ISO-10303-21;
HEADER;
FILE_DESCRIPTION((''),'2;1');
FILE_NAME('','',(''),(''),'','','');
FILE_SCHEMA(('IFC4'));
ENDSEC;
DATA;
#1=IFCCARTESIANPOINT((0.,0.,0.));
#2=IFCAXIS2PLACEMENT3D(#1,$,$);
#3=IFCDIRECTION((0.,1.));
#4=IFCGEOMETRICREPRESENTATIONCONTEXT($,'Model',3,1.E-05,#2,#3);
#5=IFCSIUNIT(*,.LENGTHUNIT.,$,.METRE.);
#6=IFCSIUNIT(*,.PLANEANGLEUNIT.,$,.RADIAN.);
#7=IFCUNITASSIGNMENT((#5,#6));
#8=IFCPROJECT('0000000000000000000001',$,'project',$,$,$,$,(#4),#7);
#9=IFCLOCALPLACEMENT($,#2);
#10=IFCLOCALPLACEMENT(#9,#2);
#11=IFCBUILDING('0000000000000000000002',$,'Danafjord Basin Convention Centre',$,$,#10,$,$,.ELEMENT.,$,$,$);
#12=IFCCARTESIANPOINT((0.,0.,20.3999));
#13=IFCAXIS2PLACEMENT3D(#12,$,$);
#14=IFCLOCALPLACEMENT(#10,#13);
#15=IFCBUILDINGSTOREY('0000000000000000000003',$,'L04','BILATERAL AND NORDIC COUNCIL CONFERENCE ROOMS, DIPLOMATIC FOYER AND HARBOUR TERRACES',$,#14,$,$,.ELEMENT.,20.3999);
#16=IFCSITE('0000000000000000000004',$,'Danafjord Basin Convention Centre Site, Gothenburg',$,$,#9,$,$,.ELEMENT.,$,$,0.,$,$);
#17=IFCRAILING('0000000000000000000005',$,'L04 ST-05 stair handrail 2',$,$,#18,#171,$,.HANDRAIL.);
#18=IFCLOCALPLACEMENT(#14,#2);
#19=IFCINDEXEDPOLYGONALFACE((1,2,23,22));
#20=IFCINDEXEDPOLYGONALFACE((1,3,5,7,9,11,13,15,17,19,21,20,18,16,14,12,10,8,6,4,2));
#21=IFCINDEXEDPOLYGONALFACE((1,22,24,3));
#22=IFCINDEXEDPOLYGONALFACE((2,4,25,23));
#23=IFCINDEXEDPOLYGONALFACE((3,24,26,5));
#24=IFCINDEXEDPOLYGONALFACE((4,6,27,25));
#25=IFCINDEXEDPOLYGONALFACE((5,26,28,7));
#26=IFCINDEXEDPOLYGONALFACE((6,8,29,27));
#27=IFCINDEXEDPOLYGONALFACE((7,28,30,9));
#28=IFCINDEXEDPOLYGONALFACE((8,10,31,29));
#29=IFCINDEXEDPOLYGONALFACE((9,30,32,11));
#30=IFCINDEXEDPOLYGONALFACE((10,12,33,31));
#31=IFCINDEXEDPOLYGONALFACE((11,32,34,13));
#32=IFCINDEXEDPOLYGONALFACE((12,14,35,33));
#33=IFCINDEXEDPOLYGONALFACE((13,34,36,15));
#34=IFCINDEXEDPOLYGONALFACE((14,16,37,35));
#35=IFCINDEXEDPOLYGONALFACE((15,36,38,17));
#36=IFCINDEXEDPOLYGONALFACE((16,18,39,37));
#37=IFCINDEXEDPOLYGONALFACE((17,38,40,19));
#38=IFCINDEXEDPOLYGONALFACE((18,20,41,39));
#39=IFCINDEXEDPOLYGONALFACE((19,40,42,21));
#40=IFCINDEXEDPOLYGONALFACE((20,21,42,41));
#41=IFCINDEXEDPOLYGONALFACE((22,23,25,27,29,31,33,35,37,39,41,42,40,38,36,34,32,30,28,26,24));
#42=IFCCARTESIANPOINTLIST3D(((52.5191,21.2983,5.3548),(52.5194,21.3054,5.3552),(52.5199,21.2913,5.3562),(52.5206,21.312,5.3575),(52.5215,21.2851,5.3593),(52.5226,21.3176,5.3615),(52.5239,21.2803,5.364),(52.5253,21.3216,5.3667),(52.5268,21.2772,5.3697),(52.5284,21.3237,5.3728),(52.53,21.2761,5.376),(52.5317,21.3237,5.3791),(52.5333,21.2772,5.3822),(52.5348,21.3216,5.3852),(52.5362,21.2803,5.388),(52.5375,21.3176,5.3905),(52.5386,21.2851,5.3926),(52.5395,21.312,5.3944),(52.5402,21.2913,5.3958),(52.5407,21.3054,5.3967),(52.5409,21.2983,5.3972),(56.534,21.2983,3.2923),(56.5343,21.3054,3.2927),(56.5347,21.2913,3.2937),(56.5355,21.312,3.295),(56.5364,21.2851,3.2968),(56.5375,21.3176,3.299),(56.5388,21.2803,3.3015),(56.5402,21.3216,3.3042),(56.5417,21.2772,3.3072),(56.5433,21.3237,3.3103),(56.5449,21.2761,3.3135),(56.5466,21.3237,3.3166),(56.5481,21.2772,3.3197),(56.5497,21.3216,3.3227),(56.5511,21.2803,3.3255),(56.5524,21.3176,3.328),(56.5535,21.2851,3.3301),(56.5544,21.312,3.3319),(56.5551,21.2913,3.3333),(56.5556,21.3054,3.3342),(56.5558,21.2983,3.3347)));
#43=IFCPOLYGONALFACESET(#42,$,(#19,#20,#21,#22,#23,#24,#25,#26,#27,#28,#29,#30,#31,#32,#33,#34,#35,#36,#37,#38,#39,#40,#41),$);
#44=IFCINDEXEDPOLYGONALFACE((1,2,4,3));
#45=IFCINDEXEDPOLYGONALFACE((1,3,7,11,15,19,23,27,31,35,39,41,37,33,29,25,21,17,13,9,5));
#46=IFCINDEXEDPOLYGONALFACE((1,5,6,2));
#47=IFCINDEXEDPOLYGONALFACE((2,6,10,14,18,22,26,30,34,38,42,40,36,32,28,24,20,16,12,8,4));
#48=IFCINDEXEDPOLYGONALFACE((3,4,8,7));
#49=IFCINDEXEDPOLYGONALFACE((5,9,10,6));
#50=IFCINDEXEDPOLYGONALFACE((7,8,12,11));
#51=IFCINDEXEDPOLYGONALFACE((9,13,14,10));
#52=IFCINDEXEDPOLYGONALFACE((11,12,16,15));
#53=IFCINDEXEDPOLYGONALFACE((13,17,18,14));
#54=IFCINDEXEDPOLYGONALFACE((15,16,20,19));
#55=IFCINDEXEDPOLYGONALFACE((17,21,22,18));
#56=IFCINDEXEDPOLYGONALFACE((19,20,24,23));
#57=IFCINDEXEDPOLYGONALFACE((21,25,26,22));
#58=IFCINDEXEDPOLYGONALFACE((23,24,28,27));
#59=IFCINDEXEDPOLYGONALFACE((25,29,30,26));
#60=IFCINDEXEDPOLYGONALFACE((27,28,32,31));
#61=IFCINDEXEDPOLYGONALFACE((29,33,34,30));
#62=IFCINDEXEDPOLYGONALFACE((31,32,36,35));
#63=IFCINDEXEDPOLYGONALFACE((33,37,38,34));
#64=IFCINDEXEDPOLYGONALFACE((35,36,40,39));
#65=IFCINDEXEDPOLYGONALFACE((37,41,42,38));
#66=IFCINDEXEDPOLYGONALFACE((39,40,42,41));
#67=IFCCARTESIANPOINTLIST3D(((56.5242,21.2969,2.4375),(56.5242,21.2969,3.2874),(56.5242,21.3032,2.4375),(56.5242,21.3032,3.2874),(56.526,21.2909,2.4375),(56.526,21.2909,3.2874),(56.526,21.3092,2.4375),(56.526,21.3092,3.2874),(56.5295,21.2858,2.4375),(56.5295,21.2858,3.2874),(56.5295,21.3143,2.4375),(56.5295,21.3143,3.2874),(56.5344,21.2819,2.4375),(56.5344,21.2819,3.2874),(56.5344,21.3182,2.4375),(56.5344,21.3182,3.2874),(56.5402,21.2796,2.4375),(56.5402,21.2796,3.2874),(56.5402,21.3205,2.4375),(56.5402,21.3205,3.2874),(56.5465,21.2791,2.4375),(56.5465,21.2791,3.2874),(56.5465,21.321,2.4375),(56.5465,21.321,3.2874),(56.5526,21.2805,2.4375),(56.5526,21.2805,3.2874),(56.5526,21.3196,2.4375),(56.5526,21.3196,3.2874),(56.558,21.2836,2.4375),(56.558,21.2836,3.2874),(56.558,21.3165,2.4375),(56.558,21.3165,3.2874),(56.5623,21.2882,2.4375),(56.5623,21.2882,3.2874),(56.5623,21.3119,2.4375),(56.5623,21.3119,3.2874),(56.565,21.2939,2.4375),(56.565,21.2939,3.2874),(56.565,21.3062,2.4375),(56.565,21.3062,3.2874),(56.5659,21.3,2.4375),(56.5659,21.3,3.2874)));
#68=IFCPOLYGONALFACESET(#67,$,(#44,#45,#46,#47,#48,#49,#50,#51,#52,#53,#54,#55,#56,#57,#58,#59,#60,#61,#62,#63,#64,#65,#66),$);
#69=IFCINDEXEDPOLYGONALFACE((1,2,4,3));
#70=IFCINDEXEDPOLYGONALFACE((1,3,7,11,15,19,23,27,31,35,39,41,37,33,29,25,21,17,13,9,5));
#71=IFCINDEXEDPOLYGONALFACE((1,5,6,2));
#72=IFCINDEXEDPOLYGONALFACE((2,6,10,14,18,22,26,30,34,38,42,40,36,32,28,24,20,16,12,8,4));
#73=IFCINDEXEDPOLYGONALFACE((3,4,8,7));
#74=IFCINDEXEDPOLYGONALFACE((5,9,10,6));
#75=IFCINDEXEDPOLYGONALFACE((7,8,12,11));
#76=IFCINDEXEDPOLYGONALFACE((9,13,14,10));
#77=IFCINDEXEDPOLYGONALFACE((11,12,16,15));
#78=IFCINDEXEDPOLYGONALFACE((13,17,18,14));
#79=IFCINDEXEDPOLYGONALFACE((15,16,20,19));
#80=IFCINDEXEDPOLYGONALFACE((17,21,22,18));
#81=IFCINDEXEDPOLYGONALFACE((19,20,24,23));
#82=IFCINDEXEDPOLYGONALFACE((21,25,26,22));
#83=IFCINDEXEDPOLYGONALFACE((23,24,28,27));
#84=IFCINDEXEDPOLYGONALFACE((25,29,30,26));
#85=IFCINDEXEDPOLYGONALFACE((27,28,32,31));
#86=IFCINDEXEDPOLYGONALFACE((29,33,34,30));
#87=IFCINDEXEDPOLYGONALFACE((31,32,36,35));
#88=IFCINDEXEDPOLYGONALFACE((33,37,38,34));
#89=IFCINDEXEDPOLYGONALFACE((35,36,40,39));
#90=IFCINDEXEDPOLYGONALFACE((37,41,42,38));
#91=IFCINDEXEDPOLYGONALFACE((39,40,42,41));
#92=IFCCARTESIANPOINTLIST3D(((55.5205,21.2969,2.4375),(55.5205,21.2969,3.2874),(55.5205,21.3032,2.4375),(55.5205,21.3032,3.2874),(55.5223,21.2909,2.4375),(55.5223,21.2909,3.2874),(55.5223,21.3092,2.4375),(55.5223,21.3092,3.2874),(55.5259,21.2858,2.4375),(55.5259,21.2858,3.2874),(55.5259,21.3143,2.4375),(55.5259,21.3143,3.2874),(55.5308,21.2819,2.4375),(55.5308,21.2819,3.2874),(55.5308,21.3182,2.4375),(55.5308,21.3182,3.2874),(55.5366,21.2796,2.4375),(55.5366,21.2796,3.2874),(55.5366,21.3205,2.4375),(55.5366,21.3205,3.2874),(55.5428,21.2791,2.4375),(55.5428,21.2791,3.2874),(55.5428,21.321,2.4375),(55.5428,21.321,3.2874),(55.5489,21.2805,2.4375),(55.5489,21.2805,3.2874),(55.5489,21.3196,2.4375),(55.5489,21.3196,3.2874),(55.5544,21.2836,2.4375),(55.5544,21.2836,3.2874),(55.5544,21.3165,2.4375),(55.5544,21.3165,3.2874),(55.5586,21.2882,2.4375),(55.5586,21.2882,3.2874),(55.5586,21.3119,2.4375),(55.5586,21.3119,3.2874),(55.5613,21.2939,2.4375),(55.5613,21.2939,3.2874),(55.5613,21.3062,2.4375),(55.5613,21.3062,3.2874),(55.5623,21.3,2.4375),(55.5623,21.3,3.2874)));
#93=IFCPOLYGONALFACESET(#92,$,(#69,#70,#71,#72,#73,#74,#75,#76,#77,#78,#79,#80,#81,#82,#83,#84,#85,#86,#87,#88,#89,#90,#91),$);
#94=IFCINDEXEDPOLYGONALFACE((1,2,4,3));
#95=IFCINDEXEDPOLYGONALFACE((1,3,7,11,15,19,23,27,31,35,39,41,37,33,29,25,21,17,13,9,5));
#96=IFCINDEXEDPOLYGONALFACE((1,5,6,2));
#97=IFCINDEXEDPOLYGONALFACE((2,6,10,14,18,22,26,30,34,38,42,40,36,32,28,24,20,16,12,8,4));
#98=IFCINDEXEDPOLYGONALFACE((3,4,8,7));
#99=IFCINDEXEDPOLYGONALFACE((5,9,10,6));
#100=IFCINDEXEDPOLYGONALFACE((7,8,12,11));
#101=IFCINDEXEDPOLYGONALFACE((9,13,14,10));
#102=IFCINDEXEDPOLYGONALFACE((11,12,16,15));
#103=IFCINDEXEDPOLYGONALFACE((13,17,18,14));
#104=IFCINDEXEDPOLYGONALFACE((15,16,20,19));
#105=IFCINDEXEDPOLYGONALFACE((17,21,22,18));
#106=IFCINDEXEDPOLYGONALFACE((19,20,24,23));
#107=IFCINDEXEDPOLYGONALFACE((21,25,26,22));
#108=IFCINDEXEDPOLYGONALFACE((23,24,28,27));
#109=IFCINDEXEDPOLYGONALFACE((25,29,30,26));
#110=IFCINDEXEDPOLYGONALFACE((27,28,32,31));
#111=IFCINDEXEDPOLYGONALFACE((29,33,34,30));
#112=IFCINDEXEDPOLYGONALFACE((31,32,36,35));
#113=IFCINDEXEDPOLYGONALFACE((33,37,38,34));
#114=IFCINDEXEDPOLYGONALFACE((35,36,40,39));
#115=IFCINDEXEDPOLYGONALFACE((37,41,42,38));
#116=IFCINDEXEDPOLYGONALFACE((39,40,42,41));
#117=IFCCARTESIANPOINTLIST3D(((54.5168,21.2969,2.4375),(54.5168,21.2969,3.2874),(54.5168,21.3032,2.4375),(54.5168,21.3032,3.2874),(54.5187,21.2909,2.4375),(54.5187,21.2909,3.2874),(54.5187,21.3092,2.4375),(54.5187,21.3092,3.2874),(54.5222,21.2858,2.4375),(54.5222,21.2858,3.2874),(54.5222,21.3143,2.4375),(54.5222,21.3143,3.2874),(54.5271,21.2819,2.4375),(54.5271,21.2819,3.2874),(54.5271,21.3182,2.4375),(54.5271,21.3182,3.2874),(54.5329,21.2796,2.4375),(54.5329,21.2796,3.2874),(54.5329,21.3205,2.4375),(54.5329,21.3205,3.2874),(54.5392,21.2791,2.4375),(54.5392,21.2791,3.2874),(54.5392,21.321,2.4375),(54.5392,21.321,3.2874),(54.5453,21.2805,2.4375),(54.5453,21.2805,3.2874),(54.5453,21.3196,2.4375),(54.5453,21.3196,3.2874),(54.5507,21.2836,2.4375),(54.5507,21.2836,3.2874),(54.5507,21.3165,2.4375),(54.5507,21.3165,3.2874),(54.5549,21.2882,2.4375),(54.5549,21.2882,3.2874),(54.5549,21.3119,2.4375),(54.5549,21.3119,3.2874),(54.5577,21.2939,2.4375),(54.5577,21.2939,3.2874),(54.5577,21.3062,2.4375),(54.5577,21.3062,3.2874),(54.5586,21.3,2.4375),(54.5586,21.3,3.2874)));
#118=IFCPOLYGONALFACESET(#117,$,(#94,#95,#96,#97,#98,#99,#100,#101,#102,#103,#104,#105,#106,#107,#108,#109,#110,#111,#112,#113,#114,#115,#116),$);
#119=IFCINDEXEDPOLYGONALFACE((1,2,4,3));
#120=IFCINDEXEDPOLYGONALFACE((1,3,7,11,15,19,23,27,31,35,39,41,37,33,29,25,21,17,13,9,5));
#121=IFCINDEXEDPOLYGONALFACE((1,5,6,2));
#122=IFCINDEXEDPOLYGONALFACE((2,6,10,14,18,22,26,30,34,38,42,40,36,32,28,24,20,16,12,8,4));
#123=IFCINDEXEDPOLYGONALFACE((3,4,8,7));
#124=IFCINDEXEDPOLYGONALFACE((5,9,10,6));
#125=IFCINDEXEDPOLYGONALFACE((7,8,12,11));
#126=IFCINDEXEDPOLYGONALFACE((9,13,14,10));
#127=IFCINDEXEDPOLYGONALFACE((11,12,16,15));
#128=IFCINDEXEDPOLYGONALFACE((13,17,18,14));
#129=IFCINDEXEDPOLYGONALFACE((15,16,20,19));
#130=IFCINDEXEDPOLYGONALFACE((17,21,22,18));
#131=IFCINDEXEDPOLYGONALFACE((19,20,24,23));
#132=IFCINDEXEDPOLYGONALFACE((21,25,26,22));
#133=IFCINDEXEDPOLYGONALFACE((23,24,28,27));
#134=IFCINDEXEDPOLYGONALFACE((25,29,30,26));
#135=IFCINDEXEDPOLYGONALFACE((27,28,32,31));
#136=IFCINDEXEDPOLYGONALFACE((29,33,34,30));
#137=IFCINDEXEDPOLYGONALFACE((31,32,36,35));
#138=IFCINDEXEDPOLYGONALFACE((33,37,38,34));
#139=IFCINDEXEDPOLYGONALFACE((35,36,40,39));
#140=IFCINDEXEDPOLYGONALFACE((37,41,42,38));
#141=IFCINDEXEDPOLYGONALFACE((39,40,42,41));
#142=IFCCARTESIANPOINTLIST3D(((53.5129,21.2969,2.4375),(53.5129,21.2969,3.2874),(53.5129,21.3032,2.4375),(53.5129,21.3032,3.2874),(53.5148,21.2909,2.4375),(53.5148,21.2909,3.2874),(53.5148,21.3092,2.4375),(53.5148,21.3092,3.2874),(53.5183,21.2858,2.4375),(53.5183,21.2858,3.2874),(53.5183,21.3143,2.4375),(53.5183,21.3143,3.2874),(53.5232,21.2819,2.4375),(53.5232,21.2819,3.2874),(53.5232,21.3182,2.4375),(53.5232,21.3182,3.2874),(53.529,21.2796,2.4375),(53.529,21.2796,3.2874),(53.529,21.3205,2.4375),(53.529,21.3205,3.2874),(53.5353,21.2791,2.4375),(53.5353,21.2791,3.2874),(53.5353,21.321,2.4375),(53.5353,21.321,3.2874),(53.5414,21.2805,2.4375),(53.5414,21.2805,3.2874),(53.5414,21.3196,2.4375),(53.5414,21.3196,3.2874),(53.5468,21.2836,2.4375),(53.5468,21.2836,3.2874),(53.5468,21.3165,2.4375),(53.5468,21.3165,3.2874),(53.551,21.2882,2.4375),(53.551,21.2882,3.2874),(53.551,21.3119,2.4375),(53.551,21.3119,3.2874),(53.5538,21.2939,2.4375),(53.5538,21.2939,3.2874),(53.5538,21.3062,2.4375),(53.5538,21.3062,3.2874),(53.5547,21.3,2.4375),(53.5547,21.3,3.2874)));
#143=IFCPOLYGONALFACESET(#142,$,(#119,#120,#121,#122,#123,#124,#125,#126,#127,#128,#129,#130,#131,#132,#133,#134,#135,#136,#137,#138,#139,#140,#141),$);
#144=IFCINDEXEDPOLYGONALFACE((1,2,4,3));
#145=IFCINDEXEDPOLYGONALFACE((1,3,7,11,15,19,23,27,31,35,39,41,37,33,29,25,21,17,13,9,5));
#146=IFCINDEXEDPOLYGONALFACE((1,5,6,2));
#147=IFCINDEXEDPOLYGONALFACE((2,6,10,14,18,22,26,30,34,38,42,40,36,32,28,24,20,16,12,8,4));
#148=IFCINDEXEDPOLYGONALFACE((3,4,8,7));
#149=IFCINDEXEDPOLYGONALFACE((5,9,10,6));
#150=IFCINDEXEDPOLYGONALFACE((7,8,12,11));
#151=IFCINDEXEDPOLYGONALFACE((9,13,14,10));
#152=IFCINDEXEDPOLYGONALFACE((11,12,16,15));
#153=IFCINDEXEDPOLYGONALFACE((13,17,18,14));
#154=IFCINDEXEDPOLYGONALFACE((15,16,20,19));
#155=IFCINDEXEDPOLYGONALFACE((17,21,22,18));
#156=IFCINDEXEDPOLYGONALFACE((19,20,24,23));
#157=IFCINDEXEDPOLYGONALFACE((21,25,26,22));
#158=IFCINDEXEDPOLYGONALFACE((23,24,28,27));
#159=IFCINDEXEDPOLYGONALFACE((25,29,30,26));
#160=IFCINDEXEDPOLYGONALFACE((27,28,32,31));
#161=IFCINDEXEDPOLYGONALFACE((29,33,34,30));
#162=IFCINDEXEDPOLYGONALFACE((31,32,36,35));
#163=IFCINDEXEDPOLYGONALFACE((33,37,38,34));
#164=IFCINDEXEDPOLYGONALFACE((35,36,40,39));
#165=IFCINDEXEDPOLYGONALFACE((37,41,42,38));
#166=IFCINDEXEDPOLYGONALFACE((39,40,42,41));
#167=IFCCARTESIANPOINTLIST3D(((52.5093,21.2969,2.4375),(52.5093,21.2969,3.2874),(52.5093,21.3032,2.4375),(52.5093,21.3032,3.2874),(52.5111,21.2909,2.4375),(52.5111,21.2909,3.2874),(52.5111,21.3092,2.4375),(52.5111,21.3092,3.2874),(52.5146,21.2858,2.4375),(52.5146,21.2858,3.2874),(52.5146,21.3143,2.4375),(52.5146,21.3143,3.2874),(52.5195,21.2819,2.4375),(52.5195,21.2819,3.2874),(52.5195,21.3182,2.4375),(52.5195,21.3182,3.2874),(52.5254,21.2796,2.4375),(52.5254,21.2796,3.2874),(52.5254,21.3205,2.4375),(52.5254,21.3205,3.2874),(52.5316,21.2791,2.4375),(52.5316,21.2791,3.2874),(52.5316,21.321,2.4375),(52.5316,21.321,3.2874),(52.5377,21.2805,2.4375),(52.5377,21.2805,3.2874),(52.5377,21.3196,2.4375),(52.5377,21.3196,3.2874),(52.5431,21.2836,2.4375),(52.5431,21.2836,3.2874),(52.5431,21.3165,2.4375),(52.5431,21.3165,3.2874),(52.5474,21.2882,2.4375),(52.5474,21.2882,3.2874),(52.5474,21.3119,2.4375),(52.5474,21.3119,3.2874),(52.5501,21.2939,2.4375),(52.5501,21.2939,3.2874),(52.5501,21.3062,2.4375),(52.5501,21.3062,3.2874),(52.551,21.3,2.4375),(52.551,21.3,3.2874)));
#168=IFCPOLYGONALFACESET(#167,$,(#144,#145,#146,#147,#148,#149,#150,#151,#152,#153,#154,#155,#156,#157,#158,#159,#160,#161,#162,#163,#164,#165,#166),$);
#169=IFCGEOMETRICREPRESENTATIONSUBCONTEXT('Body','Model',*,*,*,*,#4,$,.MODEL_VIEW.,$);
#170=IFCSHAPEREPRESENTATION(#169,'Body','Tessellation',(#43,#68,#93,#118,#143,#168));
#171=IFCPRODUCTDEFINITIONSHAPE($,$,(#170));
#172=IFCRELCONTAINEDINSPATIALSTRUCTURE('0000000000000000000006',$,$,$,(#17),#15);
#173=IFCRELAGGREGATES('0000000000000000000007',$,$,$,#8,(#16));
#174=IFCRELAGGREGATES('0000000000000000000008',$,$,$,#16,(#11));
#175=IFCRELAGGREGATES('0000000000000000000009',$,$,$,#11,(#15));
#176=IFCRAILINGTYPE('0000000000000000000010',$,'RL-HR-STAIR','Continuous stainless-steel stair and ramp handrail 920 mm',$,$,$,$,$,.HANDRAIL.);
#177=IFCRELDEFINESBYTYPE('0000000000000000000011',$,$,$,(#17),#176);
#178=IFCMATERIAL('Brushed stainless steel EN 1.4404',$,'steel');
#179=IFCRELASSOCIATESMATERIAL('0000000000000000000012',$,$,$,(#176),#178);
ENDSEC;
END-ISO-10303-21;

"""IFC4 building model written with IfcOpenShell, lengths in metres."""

from ifc_helpers import new_model, si_unit, direction, frame, origin, origin_2d, place, context, subcontext, project, spatial, circle, extrude, material, type_object, element, save


model = new_model("IFC4")

# Units and contexts
model_context = context("Model", 3, precision=1e-05, world=origin(), true_north=direction((0.0, 1.0)))
body_context = subcontext(model_context, "Body", "Model", "MODEL_VIEW")
ifc_project = project(units=[si_unit("LENGTHUNIT", "METRE"), si_unit("PLANEANGLEUNIT", "RADIAN")], contexts=[model_context])

# Site, building, storey
site_placement = place(None, origin())
site = spatial("IfcSite", under=ifc_project, at=site_placement, Name="Danafjord Basin Convention Centre Site, Gothenburg", CompositionType="ELEMENT", RefElevation=0.0)
building_placement = place(site_placement, origin())
building = spatial("IfcBuilding", under=site, at=building_placement, Name="Danafjord Basin Convention Centre", CompositionType="ELEMENT")
storey_placement = place(building_placement, frame((0.0, 0.0, 20.3999)))
storey = spatial("IfcBuildingStorey", under=building, at=storey_placement, Name="L04", Description="BILATERAL AND NORDIC COUNCIL CONFERENCE ROOMS, DIPLOMATIC FOYER AND HARBOUR TERRACES", CompositionType="ELEMENT", Elevation=20.3999)

# Railing
ifc_material_1 = material(Name="Brushed stainless steel EN 1.4404", Category="steel")
railing_type_1 = type_object("IfcRailingType", Name="RL-HR-STAIR", Description="Continuous stainless-steel stair and ramp handrail 920 mm", PredefinedType="HANDRAIL", material=ifc_material_1)
railing_1_placement = place(storey_placement, frame((56.5449, 21.3, 2.4375)))
element("IfcRailing", 1, at=railing_1_placement, inside=storey, type_object=railing_type_1, Name="L04 ST-05 stair handrail 2", PredefinedType="HANDRAIL", context=body_context, shape_type="SweptSolid", body=[
    extrude(circle(Radius=0.0239, at=origin_2d()), frame((0.0, 0.0, 0.876), z_axis=(-0.889495, 0.0, 0.456945), x_axis=(0.0, -1.0, 0.0)), (0.0, 0.0, 1.0), 4.5137),
    extrude(circle(Radius=0.021, at=origin_2d()), origin(), (0.0, 0.0, 1.0), 0.8499),
    extrude(circle(Radius=0.021, at=origin_2d()), frame((-1.0037, 0.0, 0.0)), (0.0, 0.0, 1.0), 0.8499),
    extrude(circle(Radius=0.021, at=origin_2d()), frame((-2.0073, 0.0, 0.0)), (0.0, 0.0, 1.0), 0.8499),
    extrude(circle(Radius=0.021, at=origin_2d()), frame((-3.0112, 0.0, 0.0)), (0.0, 0.0, 1.0), 0.8499),
    extrude(circle(Radius=0.021, at=origin_2d()), frame((-4.0149, 0.0, 0.0)), (0.0, 0.0, 1.0), 0.8499),
])

save(model, "model.ifc")
